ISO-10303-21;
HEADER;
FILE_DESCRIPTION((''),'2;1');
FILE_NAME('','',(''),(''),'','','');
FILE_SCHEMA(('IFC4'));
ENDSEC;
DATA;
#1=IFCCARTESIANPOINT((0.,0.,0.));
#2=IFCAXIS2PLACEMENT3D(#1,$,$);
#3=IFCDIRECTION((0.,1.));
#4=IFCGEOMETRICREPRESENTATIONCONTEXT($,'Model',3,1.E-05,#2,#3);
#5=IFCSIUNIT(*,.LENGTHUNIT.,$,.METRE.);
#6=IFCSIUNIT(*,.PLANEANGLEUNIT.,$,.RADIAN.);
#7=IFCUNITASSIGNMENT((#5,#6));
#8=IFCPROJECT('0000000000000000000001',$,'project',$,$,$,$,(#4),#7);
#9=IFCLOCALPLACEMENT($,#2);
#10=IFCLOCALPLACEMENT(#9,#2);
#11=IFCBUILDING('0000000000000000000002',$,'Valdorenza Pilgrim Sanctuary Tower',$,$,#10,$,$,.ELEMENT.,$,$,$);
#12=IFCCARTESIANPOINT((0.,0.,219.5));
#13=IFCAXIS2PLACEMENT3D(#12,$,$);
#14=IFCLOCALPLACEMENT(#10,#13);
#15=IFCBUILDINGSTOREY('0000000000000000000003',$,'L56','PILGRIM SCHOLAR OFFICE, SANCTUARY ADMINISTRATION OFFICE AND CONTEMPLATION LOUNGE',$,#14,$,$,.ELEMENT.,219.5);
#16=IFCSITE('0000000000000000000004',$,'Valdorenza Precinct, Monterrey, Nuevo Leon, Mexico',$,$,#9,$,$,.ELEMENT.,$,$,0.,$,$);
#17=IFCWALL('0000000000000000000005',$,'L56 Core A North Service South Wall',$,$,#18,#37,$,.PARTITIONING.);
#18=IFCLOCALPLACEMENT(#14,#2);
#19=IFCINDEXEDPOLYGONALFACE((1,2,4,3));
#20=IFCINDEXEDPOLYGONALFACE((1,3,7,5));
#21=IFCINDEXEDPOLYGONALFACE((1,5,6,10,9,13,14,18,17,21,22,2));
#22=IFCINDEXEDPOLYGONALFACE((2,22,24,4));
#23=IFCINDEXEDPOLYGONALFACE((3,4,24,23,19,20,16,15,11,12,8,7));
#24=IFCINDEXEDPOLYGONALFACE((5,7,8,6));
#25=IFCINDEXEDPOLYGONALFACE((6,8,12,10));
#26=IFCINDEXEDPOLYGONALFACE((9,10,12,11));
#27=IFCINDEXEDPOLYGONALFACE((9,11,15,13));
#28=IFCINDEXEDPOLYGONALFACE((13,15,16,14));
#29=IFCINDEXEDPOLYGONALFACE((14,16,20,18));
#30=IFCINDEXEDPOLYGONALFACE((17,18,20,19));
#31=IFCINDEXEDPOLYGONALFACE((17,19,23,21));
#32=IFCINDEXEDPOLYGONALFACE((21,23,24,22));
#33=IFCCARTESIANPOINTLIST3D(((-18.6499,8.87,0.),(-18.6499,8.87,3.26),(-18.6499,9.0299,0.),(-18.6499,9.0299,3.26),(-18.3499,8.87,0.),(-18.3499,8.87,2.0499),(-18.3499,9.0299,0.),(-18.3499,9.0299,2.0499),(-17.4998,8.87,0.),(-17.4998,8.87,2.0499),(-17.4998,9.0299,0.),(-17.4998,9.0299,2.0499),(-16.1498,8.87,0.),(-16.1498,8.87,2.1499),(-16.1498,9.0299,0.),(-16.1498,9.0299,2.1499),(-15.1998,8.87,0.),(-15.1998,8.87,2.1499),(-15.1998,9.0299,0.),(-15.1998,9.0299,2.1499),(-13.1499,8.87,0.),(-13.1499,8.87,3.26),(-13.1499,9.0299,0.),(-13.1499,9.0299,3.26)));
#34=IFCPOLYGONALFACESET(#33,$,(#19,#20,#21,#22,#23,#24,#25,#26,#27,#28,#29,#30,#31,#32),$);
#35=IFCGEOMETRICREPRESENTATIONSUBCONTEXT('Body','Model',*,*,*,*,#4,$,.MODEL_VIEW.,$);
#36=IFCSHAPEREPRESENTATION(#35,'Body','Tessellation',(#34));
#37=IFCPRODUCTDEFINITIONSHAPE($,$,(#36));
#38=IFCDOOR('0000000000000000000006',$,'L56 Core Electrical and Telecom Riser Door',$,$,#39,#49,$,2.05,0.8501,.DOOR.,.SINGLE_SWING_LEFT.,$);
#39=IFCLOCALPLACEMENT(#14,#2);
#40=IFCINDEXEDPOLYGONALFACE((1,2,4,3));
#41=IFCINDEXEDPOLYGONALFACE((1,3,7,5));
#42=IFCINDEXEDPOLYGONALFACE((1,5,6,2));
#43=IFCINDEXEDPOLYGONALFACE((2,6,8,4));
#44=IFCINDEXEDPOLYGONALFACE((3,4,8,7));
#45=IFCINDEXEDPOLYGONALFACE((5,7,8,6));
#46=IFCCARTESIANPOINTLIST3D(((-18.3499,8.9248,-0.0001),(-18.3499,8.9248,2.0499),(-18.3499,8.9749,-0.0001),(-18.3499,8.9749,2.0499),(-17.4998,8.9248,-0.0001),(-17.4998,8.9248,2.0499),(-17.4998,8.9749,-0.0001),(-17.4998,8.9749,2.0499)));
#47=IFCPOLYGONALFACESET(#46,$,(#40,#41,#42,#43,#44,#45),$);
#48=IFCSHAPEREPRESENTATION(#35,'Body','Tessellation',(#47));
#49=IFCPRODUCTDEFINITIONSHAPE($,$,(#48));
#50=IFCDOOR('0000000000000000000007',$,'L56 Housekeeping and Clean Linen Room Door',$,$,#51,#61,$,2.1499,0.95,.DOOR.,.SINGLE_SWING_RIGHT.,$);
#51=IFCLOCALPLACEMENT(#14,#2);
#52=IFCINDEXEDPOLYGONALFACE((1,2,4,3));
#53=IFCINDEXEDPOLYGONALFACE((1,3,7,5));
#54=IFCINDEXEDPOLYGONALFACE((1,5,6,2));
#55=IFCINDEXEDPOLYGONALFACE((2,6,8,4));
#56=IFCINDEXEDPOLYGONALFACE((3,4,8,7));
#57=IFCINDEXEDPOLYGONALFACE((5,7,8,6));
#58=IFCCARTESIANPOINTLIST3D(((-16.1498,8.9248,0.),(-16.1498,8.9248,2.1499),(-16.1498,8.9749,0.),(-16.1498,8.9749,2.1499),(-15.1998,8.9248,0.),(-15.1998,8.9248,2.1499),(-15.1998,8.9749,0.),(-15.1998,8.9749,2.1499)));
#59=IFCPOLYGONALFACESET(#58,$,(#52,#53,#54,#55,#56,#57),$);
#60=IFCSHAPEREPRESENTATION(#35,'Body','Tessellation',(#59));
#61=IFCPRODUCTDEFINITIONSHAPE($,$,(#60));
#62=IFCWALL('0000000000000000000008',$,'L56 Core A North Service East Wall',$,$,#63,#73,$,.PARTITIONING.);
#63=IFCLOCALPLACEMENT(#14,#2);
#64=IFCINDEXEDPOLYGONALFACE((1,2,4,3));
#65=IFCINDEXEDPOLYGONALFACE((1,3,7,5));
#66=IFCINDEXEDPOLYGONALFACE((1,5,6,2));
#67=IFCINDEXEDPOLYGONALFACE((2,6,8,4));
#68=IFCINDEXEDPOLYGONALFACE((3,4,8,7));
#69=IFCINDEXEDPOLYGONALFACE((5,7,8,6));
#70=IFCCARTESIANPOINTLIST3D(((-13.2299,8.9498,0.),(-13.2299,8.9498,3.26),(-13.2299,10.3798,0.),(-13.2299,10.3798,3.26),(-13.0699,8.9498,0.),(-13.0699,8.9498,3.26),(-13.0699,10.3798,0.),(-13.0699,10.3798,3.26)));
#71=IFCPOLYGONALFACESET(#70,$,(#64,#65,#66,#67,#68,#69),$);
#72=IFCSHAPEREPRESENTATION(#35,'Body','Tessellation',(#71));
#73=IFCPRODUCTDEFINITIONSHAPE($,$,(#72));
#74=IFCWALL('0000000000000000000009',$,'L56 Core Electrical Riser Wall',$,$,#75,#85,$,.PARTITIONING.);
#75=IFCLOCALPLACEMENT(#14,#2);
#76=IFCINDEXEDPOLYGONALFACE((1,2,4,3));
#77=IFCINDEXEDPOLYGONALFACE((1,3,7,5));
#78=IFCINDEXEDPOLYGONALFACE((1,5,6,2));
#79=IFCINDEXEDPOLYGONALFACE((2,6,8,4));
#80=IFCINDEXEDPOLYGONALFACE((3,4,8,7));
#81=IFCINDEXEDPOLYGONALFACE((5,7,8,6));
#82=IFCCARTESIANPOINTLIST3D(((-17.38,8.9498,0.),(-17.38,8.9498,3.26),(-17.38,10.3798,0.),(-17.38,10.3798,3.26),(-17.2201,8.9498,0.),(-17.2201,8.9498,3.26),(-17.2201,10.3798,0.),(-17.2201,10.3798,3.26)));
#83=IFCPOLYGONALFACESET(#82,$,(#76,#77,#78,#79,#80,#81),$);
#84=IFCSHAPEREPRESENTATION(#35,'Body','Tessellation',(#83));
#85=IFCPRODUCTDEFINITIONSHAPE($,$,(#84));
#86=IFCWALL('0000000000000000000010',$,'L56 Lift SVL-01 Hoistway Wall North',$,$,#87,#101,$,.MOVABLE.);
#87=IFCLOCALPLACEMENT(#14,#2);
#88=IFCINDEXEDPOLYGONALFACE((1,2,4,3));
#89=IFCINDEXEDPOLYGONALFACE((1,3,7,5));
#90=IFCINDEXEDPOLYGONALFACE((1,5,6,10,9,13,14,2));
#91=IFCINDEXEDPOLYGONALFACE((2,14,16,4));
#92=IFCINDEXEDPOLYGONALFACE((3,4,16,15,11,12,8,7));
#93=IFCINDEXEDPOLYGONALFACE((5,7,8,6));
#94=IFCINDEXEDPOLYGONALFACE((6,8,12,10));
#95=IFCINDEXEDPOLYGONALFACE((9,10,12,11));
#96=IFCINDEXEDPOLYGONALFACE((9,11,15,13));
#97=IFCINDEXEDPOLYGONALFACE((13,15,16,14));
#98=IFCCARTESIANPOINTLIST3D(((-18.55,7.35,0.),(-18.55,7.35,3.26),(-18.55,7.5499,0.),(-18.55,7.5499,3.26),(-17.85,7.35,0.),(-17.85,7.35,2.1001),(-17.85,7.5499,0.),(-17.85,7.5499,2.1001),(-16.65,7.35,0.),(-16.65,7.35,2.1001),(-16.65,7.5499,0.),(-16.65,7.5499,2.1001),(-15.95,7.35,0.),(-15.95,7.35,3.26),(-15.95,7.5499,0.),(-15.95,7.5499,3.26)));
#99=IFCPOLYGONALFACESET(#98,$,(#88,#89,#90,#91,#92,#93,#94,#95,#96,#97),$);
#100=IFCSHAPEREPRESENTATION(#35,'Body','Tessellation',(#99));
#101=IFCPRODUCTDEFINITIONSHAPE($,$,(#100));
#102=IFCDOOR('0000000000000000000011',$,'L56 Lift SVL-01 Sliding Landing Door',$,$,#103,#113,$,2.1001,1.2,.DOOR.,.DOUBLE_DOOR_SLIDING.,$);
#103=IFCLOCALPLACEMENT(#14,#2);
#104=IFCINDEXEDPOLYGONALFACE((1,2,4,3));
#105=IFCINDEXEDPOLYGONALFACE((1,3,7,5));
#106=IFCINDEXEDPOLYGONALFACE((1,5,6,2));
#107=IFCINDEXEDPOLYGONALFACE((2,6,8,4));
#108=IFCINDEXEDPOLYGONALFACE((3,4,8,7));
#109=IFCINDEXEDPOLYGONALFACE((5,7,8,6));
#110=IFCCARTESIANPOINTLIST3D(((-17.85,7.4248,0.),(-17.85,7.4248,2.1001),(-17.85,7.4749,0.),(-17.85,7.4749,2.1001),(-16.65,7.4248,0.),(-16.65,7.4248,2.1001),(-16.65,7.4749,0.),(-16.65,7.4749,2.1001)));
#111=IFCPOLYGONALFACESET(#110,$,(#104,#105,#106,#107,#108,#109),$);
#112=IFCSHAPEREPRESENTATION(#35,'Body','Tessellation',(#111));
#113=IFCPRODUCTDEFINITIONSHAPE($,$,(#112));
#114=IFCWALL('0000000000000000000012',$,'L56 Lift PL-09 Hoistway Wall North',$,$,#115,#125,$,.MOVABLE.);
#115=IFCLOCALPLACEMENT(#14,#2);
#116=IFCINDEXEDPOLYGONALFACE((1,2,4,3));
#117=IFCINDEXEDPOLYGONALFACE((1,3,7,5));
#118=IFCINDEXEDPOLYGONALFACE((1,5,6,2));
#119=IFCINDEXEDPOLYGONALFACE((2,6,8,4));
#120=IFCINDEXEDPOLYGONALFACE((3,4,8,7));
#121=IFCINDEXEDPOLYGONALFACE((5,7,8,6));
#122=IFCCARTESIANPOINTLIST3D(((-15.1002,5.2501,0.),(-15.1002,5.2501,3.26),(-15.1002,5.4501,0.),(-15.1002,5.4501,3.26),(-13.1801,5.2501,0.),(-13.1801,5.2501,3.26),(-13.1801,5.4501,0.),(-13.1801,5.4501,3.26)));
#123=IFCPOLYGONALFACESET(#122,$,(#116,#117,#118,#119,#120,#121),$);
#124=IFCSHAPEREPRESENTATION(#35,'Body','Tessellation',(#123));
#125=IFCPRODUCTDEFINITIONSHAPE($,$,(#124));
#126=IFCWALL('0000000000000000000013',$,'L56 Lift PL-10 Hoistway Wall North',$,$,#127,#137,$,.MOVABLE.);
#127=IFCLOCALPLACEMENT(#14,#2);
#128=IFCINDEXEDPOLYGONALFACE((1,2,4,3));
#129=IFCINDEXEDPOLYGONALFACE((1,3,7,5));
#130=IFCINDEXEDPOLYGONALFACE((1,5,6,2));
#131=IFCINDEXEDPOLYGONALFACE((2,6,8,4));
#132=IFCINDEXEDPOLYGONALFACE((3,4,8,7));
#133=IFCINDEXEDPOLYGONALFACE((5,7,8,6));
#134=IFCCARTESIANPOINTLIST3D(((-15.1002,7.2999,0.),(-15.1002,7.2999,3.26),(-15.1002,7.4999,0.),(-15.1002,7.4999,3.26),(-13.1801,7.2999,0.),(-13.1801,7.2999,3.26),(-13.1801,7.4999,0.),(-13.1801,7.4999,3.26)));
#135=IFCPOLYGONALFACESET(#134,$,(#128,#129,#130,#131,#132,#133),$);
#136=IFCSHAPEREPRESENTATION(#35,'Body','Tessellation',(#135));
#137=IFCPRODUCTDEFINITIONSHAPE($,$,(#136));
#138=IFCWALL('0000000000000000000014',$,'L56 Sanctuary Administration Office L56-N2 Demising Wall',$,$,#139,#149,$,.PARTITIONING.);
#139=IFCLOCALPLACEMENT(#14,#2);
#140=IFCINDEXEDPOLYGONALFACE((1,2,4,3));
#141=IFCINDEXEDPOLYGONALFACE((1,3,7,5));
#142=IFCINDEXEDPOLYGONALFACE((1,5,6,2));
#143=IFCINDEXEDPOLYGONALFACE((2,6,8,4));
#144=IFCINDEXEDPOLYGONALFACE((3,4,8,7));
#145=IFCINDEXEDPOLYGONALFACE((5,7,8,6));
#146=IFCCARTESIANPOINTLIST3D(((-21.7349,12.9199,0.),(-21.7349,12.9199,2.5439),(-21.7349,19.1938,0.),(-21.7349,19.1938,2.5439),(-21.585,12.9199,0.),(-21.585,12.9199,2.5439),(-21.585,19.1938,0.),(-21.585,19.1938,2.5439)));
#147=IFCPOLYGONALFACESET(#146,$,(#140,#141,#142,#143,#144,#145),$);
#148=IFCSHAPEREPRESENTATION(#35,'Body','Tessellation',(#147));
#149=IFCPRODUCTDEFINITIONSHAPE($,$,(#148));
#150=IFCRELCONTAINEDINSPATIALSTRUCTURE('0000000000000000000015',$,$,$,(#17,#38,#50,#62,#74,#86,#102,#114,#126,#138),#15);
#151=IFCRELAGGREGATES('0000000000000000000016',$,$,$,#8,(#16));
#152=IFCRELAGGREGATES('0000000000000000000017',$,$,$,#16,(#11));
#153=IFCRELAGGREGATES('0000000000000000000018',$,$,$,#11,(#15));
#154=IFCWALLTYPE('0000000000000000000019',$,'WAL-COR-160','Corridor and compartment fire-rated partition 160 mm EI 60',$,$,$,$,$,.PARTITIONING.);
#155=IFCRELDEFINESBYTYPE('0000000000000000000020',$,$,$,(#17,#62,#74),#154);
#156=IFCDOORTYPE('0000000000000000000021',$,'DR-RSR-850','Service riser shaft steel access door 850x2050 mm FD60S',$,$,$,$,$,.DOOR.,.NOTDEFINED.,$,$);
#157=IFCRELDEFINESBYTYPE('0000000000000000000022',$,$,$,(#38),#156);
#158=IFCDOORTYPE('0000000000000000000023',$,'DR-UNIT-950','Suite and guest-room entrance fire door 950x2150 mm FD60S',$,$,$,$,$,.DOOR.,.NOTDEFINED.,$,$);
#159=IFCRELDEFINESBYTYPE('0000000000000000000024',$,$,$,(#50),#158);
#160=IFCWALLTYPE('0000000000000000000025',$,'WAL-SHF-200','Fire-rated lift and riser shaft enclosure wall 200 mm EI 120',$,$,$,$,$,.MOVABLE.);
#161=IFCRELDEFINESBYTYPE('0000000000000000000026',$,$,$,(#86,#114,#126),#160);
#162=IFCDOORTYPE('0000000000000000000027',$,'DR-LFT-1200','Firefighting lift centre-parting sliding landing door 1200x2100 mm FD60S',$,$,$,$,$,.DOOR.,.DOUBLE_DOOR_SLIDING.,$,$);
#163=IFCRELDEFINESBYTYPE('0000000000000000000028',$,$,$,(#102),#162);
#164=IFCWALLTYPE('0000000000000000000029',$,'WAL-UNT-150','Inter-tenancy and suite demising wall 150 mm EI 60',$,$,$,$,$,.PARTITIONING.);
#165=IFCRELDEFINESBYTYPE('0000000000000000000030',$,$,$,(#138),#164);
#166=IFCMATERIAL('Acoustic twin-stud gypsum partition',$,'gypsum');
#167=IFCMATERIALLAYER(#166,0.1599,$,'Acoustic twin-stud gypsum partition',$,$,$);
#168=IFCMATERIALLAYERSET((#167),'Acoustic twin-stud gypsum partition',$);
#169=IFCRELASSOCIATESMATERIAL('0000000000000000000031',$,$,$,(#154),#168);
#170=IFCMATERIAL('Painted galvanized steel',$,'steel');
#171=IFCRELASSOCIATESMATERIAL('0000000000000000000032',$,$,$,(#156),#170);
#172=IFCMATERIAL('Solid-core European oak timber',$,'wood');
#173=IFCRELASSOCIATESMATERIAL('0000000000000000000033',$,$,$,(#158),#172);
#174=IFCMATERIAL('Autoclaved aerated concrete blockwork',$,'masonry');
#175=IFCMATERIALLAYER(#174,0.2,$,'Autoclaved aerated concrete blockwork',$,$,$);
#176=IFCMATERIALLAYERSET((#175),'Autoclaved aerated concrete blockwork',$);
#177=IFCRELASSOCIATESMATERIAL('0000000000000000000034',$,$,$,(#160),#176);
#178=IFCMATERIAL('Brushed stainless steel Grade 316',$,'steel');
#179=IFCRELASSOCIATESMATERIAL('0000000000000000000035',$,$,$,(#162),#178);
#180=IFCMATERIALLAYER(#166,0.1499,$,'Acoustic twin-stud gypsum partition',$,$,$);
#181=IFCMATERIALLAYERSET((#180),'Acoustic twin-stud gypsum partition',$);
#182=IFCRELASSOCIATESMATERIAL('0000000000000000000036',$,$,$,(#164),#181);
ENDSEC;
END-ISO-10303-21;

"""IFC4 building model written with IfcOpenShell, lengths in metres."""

from ifc_helpers import new_model, si_unit, direction, frame, frame_2d, origin, place, context, subcontext, project, spatial, rectangle, extrude, material, layer, layer_set, type_object, element, fill, save


model = new_model("IFC4")

# Units and contexts
model_context = context("Model", 3, precision=1e-05, world=origin(), true_north=direction((0.0, 1.0)))
body_context = subcontext(model_context, "Body", "Model", "MODEL_VIEW")
ifc_project = project(units=[si_unit("LENGTHUNIT", "METRE"), si_unit("PLANEANGLEUNIT", "RADIAN")], contexts=[model_context])

# Site, building, storey
site_placement = place(None, origin())
site = spatial("IfcSite", under=ifc_project, at=site_placement, Name="Valdorenza Precinct, Monterrey, Nuevo Leon, Mexico", CompositionType="ELEMENT", RefElevation=0.0)
building_placement = place(site_placement, origin())
building = spatial("IfcBuilding", under=site, at=building_placement, Name="Valdorenza Pilgrim Sanctuary Tower", CompositionType="ELEMENT")
storey_placement = place(building_placement, frame((0.0, 0.0, 219.5)))
storey = spatial("IfcBuildingStorey", under=building, at=storey_placement, Name="L56", Description="PILGRIM SCHOLAR OFFICE, SANCTUARY ADMINISTRATION OFFICE AND CONTEMPLATION LOUNGE", CompositionType="ELEMENT", Elevation=219.5)

# Shared definitions
ifc_material_1 = material(Name="Acoustic twin-stud gypsum partition", Category="gypsum")
ifc_layer_1 = layer(ifc_material_1, 0.1599, Name="Acoustic twin-stud gypsum partition")
ifc_layer_set_1 = layer_set([ifc_layer_1], Name="Acoustic twin-stud gypsum partition")
wall_type_1 = type_object("IfcWallType", Name="WAL-COR-160", Description="Corridor and compartment fire-rated partition 160 mm EI 60", PredefinedType="PARTITIONING", material=ifc_layer_set_1)

# Wall, openings, doors
wall_1_placement = place(storey_placement, frame((-18.6499, 8.95, 0.0), z_axis=(0.0, 0.0, 1.0), x_axis=(1.0, 0.0, 0.0)))
wall_1 = element("IfcWall", 1, at=wall_1_placement, inside=storey, type_object=wall_type_1, Name="L56 Core A North Service South Wall", PredefinedType="PARTITIONING", context=body_context, shape_type="SweptSolid", body=[
    extrude(rectangle(XDim=5.5, YDim=0.1599, at=frame_2d((2.75, 0.0))), origin(), (0.0, 0.0, 1.0), 3.26),
])
opening_1_placement = place(wall_1_placement, frame((0.3, 0.0, 0.0)))
opening_1 = element("IfcOpeningElement", 2, at=opening_1_placement, cuts=wall_1, PredefinedType="OPENING", context=body_context, shape_type="SweptSolid", body=[
    extrude(rectangle(XDim=0.8501, YDim=2.05, at=frame_2d((0.425, 1.0249))), frame((0.0, 0.0947, 0.0), z_axis=(0.0, -1.0, 0.0), x_axis=(1.0, 0.0, 0.0)), (0.0, 0.0, 1.0), 0.1897),
])
opening_2_placement = place(wall_1_placement, frame((2.5, 0.0, 0.0)))
opening_2 = element("IfcOpeningElement", 3, at=opening_2_placement, cuts=wall_1, PredefinedType="OPENING", context=body_context, shape_type="SweptSolid", body=[
    extrude(rectangle(XDim=0.95, YDim=2.1499, at=frame_2d((0.4751, 1.075))), frame((0.0, 0.0947, 0.0), z_axis=(0.0, -1.0, 0.0), x_axis=(1.0, 0.0, 0.0)), (0.0, 0.0, 1.0), 0.1897),
])
ifc_material_2 = material(Name="Painted galvanized steel", Category="steel")
door_type_1 = type_object("IfcDoorType", Name="DR-RSR-850", Description="Service riser shaft steel access door 850x2050 mm FD60S", OperationType="NOTDEFINED", PredefinedType="DOOR", material=ifc_material_2)
door_1_placement = place(opening_1_placement, origin())
door_1 = element("IfcDoor", 4, at=door_1_placement, inside=storey, type_object=door_type_1, Name="L56 Core Electrical and Telecom Riser Door", OperationType="SINGLE_SWING_LEFT", OverallHeight=2.05, OverallWidth=0.8501, PredefinedType="DOOR", context=body_context, shape_type="SweptSolid", body=[
    extrude(rectangle(XDim=0.8501, YDim=2.05, at=frame_2d((0.425, 1.0249))), frame((0.0, 0.0249, 0.0), z_axis=(0.0, -1.0, 0.0), x_axis=(1.0, 0.0, 0.0)), (0.0, 0.0, 1.0), 0.05),
])
fill(opening_1, door_1)
ifc_material_3 = material(Name="Solid-core European oak timber", Category="wood")
door_type_2 = type_object("IfcDoorType", Name="DR-UNIT-950", Description="Suite and guest-room entrance fire door 950x2150 mm FD60S", OperationType="NOTDEFINED", PredefinedType="DOOR", material=ifc_material_3)
door_2_placement = place(opening_2_placement, origin())
door_2 = element("IfcDoor", 5, at=door_2_placement, inside=storey, type_object=door_type_2, Name="L56 Housekeeping and Clean Linen Room Door", OperationType="SINGLE_SWING_RIGHT", OverallHeight=2.1499, OverallWidth=0.95, PredefinedType="DOOR", context=body_context, shape_type="SweptSolid", body=[
    extrude(rectangle(XDim=0.95, YDim=2.1499, at=frame_2d((0.4751, 1.075))), frame((0.0, 0.0249, 0.0), z_axis=(0.0, -1.0, 0.0), x_axis=(1.0, 0.0, 0.0)), (0.0, 0.0, 1.0), 0.05),
])
fill(opening_2, door_2)

# Walls
for number, where, z_axis, x_axis, name in (
    (6, (-13.1499, 8.95, 0.0), (0.0, 0.0, 1.0), (0.0, 1.0, 0.0), "L56 Core A North Service East Wall"),
    (7, (-17.3, 8.95, 0.0), (0.0, 0.0, 1.0), (0.0, 1.0, 0.0), "L56 Core Electrical Riser Wall"),
):
    element("IfcWall", number, at=place(storey_placement, frame(where, z_axis=z_axis, x_axis=x_axis)), inside=storey, type_object=wall_type_1, Name=name, PredefinedType="PARTITIONING", context=body_context, shape_type="SweptSolid", body=[
        extrude(rectangle(XDim=1.4299, YDim=0.1599, at=frame_2d((0.7148, 0.0))), origin(), (0.0, 0.0, 1.0), 3.26),
    ])

# Wall, opening, door
ifc_material_4 = material(Name="Autoclaved aerated concrete blockwork", Category="masonry")
ifc_layer_2 = layer(ifc_material_4, 0.2, Name="Autoclaved aerated concrete blockwork")
ifc_layer_set_2 = layer_set([ifc_layer_2], Name="Autoclaved aerated concrete blockwork")
wall_type_2 = type_object("IfcWallType", Name="WAL-SHF-200", Description="Fire-rated lift and riser shaft enclosure wall 200 mm EI 120", PredefinedType="MOVABLE", material=ifc_layer_set_2)
wall_2_placement = place(storey_placement, frame((-18.55, 7.45, 0.0), z_axis=(0.0, 0.0, 1.0), x_axis=(1.0, 0.0, 0.0)))
wall_2 = element("IfcWall", 8, at=wall_2_placement, inside=storey, type_object=wall_type_2, Name="L56 Lift SVL-01 Hoistway Wall North", PredefinedType="MOVABLE", context=body_context, shape_type="SweptSolid", body=[
    extrude(rectangle(XDim=2.6001, YDim=0.2, at=frame_2d((1.3, 0.0))), origin(), (0.0, 0.0, 1.0), 3.26),
])
opening_3_placement = place(wall_2_placement, frame((0.7, 0.0, 0.0)))
opening_3 = element("IfcOpeningElement", 9, at=opening_3_placement, cuts=wall_2, PredefinedType="OPENING", context=body_context, shape_type="SweptSolid", body=[
    extrude(rectangle(XDim=1.2, YDim=2.1001, at=frame_2d((0.6001, 1.05))), frame((0.0, 0.1147, 0.0), z_axis=(0.0, -1.0, 0.0), x_axis=(1.0, 0.0, 0.0)), (0.0, 0.0, 1.0), 0.2297),
])
ifc_material_5 = material(Name="Brushed stainless steel Grade 316", Category="steel")
door_type_3 = type_object("IfcDoorType", Name="DR-LFT-1200", Description="Firefighting lift centre-parting sliding landing door 1200x2100 mm FD60S", OperationType="DOUBLE_DOOR_SLIDING", PredefinedType="DOOR", material=ifc_material_5)
door_3_placement = place(opening_3_placement, origin())
door_3 = element("IfcDoor", 10, at=door_3_placement, inside=storey, type_object=door_type_3, Name="L56 Lift SVL-01 Sliding Landing Door", OperationType="DOUBLE_DOOR_SLIDING", OverallHeight=2.1001, OverallWidth=1.2, PredefinedType="DOOR", context=body_context, shape_type="SweptSolid", body=[
    extrude(rectangle(XDim=1.2, YDim=2.1001, at=frame_2d((0.6001, 1.05))), frame((0.0, 0.0249, 0.0), z_axis=(0.0, -1.0, 0.0), x_axis=(1.0, 0.0, 0.0)), (0.0, 0.0, 1.0), 0.05),
])
fill(opening_3, door_3)

# Walls
for number, where, z_axis, x_axis, name in (
    (11, (-15.1001, 5.3501, 0.0), (0.0, 0.0, 1.0), (1.0, 0.0, 0.0), "L56 Lift PL-09 Hoistway Wall North"),
    (12, (-15.1001, 7.3999, 0.0), (0.0, 0.0, 1.0), (1.0, 0.0, 0.0), "L56 Lift PL-10 Hoistway Wall North"),
):
    element("IfcWall", number, at=place(storey_placement, frame(where, z_axis=z_axis, x_axis=x_axis)), inside=storey, type_object=wall_type_2, Name=name, PredefinedType="MOVABLE", context=body_context, shape_type="SweptSolid", body=[
        extrude(rectangle(XDim=1.9202, YDim=0.2, at=frame_2d((0.96, 0.0))), origin(), (0.0, 0.0, 1.0), 3.26),
    ])
ifc_layer_3 = layer(ifc_material_1, 0.1499, Name="Acoustic twin-stud gypsum partition")
ifc_layer_set_3 = layer_set([ifc_layer_3], Name="Acoustic twin-stud gypsum partition")
wall_type_3 = type_object("IfcWallType", Name="WAL-UNT-150", Description="Inter-tenancy and suite demising wall 150 mm EI 60", PredefinedType="PARTITIONING", material=ifc_layer_set_3)
wall_3_placement = place(storey_placement, frame((-21.6599, 12.9199, 0.0), z_axis=(0.0, 0.0, 1.0), x_axis=(0.0, 1.0, 0.0)))
element("IfcWall", 13, at=wall_3_placement, inside=storey, type_object=wall_type_3, Name="L56 Sanctuary Administration Office L56-N2 Demising Wall", PredefinedType="PARTITIONING", context=body_context, shape_type="SweptSolid", body=[
    extrude(rectangle(XDim=6.2739, YDim=0.1499, at=frame_2d((3.137, 0.0))), origin(), (0.0, 0.0, 1.0), 2.5439),
])

save(model, "model.ifc")
